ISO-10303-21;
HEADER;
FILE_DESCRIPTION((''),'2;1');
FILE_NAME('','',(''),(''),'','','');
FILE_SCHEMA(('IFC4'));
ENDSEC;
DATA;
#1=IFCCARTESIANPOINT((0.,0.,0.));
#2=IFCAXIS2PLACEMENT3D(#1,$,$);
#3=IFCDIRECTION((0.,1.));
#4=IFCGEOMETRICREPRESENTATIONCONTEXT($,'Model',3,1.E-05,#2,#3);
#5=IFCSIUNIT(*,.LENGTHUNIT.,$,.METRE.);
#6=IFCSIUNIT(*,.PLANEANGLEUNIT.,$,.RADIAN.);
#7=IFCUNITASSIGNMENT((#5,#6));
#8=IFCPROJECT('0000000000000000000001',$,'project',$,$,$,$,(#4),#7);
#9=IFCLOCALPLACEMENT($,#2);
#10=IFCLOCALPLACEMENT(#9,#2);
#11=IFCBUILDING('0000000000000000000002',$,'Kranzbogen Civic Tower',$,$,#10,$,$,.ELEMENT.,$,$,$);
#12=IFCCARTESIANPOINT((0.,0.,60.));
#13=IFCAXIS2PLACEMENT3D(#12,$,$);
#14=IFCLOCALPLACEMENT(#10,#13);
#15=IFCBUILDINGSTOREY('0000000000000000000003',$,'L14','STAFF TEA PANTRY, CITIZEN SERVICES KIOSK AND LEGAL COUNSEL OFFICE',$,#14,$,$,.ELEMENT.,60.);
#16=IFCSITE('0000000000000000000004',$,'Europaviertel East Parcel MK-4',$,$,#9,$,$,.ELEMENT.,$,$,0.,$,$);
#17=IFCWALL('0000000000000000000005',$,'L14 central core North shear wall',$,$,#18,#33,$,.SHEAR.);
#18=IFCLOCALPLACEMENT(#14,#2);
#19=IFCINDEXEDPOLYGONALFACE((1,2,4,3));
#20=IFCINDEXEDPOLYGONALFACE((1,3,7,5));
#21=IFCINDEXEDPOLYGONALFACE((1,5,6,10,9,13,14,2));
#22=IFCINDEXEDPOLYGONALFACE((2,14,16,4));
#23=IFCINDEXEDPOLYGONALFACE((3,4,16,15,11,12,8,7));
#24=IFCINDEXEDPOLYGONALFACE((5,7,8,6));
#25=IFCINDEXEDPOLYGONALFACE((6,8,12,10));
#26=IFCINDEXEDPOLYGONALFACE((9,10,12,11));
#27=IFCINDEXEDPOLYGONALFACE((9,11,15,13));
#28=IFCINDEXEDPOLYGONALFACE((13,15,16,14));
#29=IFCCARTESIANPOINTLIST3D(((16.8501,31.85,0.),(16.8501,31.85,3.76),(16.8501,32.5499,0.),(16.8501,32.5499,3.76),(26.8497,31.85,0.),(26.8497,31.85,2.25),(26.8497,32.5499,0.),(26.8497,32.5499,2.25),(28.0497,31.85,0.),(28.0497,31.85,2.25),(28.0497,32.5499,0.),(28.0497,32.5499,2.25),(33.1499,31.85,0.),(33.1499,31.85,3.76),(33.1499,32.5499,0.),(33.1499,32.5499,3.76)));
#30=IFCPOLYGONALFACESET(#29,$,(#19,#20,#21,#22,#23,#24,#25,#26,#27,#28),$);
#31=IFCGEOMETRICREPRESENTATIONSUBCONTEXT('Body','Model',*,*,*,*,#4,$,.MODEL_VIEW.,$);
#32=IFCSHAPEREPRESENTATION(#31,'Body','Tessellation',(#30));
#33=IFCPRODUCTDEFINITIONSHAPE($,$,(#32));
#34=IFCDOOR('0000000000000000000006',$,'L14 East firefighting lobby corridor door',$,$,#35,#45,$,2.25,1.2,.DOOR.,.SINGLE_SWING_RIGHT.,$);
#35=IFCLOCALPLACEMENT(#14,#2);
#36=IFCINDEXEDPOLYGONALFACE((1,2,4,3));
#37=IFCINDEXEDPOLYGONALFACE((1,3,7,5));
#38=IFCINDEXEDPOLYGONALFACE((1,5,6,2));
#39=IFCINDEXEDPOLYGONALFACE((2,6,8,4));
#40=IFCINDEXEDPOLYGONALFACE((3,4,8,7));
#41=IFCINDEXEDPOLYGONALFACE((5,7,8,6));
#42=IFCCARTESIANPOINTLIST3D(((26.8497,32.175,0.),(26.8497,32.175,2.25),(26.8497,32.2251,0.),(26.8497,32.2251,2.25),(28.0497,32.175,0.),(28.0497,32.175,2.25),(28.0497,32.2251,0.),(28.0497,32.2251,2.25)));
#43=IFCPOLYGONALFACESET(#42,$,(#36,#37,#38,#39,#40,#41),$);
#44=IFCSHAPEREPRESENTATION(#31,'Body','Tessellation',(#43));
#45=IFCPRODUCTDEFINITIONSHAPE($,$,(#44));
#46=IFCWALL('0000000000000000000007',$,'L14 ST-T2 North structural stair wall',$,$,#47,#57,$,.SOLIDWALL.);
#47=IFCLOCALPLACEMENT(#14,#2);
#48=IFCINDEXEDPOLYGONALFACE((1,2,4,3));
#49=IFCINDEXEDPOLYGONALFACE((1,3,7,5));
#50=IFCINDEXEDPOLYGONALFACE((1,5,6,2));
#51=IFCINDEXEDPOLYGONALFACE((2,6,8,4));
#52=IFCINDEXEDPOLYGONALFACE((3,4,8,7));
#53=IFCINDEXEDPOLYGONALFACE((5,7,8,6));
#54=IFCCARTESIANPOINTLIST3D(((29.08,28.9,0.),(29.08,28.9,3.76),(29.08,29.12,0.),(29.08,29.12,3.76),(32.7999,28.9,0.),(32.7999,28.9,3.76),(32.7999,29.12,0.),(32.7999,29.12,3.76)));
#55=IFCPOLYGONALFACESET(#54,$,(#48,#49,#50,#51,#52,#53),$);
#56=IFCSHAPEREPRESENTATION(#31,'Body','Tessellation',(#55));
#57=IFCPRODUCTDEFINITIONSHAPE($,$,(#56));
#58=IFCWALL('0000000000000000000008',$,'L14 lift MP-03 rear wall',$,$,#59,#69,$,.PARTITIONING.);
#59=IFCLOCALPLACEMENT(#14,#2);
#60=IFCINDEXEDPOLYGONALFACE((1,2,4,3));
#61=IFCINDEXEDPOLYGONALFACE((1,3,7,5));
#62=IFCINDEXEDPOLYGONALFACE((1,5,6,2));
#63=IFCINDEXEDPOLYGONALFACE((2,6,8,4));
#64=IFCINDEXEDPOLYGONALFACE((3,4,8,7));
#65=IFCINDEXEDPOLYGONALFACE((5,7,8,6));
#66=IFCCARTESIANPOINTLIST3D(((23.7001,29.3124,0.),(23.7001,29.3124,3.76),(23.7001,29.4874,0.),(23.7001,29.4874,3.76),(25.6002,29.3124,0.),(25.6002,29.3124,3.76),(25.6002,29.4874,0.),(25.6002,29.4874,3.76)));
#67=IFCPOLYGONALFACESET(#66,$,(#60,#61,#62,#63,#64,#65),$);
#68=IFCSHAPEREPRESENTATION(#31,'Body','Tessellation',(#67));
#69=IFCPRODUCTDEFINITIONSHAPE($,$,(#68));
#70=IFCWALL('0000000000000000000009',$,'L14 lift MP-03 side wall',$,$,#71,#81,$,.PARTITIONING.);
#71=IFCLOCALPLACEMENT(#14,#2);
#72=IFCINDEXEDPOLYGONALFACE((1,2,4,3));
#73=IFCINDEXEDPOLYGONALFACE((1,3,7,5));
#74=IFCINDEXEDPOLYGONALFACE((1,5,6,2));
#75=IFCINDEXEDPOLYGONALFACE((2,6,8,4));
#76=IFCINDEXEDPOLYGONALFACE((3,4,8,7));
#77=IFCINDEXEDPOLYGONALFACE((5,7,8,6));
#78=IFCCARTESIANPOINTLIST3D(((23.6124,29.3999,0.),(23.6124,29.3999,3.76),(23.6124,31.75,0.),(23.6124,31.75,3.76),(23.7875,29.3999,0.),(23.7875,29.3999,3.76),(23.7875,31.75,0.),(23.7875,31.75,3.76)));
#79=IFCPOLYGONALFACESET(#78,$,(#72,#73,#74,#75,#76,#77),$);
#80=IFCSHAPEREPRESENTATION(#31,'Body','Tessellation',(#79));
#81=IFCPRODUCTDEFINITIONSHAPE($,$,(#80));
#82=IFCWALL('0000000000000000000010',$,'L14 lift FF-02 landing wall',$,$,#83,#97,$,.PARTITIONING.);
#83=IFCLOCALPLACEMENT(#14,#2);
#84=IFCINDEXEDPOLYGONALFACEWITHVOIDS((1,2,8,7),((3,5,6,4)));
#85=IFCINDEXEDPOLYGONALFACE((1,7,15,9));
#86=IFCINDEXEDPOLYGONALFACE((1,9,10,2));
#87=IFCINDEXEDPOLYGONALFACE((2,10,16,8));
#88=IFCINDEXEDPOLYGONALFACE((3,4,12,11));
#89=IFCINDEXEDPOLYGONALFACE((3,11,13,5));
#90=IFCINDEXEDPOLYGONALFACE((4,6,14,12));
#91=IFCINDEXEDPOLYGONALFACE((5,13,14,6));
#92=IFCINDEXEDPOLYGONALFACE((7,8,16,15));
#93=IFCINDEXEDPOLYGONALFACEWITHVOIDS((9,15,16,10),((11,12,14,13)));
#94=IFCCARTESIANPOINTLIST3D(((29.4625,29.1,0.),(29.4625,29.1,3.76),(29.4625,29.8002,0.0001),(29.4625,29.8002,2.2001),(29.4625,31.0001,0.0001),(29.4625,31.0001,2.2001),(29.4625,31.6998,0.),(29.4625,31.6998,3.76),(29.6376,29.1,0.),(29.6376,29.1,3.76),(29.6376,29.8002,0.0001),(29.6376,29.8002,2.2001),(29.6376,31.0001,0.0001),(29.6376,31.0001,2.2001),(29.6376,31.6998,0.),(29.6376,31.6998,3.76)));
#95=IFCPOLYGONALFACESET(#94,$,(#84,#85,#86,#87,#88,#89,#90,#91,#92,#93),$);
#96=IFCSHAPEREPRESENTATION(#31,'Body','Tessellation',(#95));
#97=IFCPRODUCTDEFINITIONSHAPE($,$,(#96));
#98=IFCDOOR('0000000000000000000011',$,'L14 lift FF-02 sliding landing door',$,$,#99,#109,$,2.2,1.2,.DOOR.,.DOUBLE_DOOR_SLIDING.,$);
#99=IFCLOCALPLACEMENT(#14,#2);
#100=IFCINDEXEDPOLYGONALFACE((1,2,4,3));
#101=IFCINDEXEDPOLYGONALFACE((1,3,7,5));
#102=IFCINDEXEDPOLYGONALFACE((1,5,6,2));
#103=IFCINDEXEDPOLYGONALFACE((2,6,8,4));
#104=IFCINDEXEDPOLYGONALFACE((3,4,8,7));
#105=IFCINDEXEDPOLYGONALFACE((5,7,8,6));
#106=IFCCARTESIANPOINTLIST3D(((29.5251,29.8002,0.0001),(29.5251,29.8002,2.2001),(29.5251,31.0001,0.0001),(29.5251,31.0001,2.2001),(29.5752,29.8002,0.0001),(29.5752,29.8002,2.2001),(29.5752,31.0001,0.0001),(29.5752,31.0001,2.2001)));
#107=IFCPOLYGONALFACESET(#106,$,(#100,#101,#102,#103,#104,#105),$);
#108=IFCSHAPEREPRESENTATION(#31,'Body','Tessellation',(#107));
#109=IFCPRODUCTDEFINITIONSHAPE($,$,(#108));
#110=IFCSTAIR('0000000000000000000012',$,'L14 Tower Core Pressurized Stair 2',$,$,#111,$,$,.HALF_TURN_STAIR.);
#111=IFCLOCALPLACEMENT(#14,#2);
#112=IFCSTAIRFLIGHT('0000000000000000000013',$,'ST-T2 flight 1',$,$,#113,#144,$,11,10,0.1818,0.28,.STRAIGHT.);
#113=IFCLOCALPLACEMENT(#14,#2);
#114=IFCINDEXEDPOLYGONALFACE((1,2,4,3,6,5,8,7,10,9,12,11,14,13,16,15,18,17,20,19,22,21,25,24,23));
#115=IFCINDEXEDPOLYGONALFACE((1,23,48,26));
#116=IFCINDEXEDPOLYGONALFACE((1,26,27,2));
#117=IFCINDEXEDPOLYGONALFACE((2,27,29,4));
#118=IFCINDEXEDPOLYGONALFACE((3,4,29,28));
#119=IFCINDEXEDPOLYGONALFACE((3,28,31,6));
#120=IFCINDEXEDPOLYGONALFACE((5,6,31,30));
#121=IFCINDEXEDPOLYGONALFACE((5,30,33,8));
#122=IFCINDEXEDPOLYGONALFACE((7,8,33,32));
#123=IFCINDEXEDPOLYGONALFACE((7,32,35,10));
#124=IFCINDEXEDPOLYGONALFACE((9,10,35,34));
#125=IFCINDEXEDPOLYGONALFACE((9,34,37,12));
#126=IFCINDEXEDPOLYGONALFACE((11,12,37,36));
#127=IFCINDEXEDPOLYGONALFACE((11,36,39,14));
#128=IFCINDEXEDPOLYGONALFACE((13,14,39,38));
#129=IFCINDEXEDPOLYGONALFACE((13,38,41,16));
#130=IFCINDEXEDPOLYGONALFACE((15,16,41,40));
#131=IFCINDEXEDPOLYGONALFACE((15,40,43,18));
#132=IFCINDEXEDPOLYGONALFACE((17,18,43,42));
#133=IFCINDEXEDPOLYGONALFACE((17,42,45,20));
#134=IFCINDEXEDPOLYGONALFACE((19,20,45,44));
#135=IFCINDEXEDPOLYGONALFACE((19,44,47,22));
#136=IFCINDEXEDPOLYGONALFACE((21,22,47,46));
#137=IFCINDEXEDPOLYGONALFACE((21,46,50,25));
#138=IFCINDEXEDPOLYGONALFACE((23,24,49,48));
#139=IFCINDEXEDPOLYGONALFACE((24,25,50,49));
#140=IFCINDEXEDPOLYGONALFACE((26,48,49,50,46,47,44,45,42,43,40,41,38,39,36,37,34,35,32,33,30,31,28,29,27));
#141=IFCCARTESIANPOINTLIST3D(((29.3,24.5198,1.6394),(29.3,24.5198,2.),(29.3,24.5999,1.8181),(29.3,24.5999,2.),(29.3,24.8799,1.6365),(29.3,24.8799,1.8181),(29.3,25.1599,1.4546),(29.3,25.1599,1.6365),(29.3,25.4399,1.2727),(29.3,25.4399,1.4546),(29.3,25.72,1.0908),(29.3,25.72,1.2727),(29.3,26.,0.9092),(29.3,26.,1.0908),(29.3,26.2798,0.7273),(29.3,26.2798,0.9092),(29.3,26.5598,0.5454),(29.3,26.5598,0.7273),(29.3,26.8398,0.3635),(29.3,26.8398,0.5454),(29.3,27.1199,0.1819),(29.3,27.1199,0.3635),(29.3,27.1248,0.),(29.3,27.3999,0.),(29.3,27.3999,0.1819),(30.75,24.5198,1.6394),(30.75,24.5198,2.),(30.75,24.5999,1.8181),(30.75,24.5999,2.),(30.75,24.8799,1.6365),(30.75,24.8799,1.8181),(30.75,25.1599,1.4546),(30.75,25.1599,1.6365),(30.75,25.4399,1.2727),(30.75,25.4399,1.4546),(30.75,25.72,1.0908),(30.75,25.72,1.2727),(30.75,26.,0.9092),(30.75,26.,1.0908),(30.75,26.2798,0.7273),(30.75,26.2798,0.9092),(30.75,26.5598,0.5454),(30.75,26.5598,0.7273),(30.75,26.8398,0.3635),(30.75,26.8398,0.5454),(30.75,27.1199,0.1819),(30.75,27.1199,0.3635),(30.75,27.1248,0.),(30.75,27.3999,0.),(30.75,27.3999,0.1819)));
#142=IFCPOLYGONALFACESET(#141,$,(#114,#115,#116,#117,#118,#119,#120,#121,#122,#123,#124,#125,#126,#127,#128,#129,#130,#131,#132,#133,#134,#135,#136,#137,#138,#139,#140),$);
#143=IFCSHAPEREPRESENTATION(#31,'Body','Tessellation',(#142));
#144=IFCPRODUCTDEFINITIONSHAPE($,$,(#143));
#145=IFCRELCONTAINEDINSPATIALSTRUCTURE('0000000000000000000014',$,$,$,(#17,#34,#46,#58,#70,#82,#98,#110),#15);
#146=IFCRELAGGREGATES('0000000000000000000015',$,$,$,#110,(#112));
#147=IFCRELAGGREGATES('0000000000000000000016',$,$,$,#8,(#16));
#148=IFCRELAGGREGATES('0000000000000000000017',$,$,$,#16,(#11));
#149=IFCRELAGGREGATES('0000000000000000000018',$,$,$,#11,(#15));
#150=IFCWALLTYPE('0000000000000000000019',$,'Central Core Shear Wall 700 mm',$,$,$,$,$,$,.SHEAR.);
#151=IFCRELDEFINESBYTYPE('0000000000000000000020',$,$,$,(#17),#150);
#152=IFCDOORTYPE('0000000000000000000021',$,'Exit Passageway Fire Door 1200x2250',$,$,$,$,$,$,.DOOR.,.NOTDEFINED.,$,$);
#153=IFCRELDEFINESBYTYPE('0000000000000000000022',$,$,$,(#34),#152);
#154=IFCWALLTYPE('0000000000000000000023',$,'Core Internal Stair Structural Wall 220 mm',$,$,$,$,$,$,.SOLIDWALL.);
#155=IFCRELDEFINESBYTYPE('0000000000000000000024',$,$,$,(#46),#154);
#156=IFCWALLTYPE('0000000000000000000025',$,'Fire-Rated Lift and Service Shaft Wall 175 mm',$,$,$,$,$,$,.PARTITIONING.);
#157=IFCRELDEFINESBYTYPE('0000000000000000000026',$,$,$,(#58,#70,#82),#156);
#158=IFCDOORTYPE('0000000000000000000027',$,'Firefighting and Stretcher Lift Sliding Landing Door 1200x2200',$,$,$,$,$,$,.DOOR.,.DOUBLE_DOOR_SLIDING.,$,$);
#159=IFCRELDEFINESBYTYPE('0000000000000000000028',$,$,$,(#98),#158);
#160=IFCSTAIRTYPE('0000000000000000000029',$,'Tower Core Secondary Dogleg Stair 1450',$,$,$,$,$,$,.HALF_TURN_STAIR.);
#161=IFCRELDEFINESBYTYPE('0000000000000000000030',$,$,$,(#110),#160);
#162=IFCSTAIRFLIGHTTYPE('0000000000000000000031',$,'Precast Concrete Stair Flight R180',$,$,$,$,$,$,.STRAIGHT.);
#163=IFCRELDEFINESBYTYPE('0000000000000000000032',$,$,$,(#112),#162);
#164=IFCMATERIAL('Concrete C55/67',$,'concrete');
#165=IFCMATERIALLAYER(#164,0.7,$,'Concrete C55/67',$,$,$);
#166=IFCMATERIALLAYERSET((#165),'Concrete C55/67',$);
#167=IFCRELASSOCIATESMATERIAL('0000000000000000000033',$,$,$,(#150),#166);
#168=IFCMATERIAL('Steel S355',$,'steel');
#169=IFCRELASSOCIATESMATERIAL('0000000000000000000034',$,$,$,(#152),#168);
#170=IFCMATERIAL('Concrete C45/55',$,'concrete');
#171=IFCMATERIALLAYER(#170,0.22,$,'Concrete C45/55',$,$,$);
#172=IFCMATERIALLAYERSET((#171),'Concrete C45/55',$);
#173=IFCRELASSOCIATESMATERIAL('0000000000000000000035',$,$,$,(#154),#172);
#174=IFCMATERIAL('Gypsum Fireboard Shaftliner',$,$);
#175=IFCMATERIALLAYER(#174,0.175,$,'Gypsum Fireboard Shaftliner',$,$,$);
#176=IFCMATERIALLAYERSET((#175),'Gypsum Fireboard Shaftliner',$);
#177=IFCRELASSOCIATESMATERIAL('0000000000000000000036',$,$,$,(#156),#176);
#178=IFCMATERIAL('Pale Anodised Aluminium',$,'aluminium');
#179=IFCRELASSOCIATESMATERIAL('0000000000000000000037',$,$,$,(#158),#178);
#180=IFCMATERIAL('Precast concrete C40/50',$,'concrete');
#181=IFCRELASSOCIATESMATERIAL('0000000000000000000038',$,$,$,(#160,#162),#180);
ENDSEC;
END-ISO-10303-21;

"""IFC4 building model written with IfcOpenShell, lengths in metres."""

from ifc_helpers import new_model, si_unit, direction, frame, frame_2d, origin, place, context, subcontext, project, spatial, polyline, rectangle, outline, extrude, material, layer, layer_set, type_object, element, fill, aggregate, save


model = new_model("IFC4")

# Units and contexts
model_context = context("Model", 3, precision=1e-05, world=origin(), true_north=direction((0.0, 1.0)))
body_context = subcontext(model_context, "Body", "Model", "MODEL_VIEW")
ifc_project = project(units=[si_unit("LENGTHUNIT", "METRE"), si_unit("PLANEANGLEUNIT", "RADIAN")], contexts=[model_context])

# Site, building, storey
site_placement = place(None, origin())
site = spatial("IfcSite", under=ifc_project, at=site_placement, Name="Europaviertel East Parcel MK-4", CompositionType="ELEMENT", RefElevation=0.0)
building_placement = place(site_placement, origin())
building = spatial("IfcBuilding", under=site, at=building_placement, Name="Kranzbogen Civic Tower", CompositionType="ELEMENT")
storey_placement = place(building_placement, frame((0.0, 0.0, 60.0)))
storey = spatial("IfcBuildingStorey", under=building, at=storey_placement, Name="L14", Description="STAFF TEA PANTRY, CITIZEN SERVICES KIOSK AND LEGAL COUNSEL OFFICE", CompositionType="ELEMENT", Elevation=60.0)

# Shared definitions
ifc_material_1 = material(Name="Steel S355", Category="steel")

# Wall, opening, door
ifc_material_2 = material(Name="Concrete C55/67", Category="concrete")
ifc_layer_1 = layer(ifc_material_2, 0.7, Name="Concrete C55/67")
ifc_layer_set_1 = layer_set([ifc_layer_1], Name="Concrete C55/67")
wall_type_1 = type_object("IfcWallType", Name="Central Core Shear Wall 700 mm", PredefinedType="SHEAR", material=ifc_layer_set_1)
wall_1_placement = place(storey_placement, frame((33.1499, 32.2, 0.0), z_axis=(0.0, 0.0, 1.0), x_axis=(-1.0, 0.0, 0.0)))
wall_1 = element("IfcWall", 1, at=wall_1_placement, inside=storey, type_object=wall_type_1, Name="L14 central core North shear wall", PredefinedType="SHEAR", context=body_context, shape_type="SweptSolid", body=[
    extrude(rectangle(XDim=16.2998, YDim=0.7, at=frame_2d((8.1499, 0.0))), origin(), (0.0, 0.0, 1.0), 3.76),
])
opening_1_placement = place(wall_1_placement, frame((5.1001, 0.0, 0.0)))
opening_1 = element("IfcOpeningElement", 2, at=opening_1_placement, cuts=wall_1, PredefinedType="OPENING", context=body_context, shape_type="SweptSolid", body=[
    extrude(rectangle(XDim=1.2, YDim=2.25, at=frame_2d((0.6001, 1.125))), frame((0.0, 0.3599, 0.0), z_axis=(0.0, -1.0, 0.0), x_axis=(1.0, 0.0, 0.0)), (0.0, 0.0, 1.0), 0.72),
])
door_type_1 = type_object("IfcDoorType", Name="Exit Passageway Fire Door 1200x2250", OperationType="NOTDEFINED", PredefinedType="DOOR", material=ifc_material_1)
door_1_placement = place(opening_1_placement, origin())
door_1 = element("IfcDoor", 3, at=door_1_placement, inside=storey, type_object=door_type_1, Name="L14 East firefighting lobby corridor door", OperationType="SINGLE_SWING_RIGHT", OverallHeight=2.25, OverallWidth=1.2, PredefinedType="DOOR", context=body_context, shape_type="SweptSolid", body=[
    extrude(rectangle(XDim=1.2, YDim=2.25, at=frame_2d((0.6001, 1.125))), frame((0.0, 0.0249, 0.0), z_axis=(0.0, -1.0, 0.0), x_axis=(1.0, 0.0, 0.0)), (0.0, 0.0, 1.0), 0.05),
])
fill(opening_1, door_1)

# Walls
ifc_material_3 = material(Name="Concrete C45/55", Category="concrete")
ifc_layer_2 = layer(ifc_material_3, 0.22, Name="Concrete C45/55")
ifc_layer_set_2 = layer_set([ifc_layer_2], Name="Concrete C45/55")
wall_type_2 = type_object("IfcWallType", Name="Core Internal Stair Structural Wall 220 mm", PredefinedType="SOLIDWALL", material=ifc_layer_set_2)
wall_2_placement = place(storey_placement, frame((29.0801, 29.01, 0.0), z_axis=(0.0, 0.0, 1.0), x_axis=(1.0, 0.0, 0.0)))
element("IfcWall", 4, at=wall_2_placement, inside=storey, type_object=wall_type_2, Name="L14 ST-T2 North structural stair wall", PredefinedType="SOLIDWALL", context=body_context, shape_type="SweptSolid", body=[
    extrude(rectangle(XDim=3.72, YDim=0.22, at=frame_2d((1.8599, 0.0))), origin(), (0.0, 0.0, 1.0), 3.76),
])
ifc_material_4 = material(Name="Gypsum Fireboard Shaftliner")
ifc_layer_3 = layer(ifc_material_4, 0.175, Name="Gypsum Fireboard Shaftliner")
ifc_layer_set_3 = layer_set([ifc_layer_3], Name="Gypsum Fireboard Shaftliner")
wall_type_3 = type_object("IfcWallType", Name="Fire-Rated Lift and Service Shaft Wall 175 mm", PredefinedType="PARTITIONING", material=ifc_layer_set_3)
wall_3_placement = place(storey_placement, frame((23.7, 29.3999, 0.0), z_axis=(0.0, 0.0, 1.0), x_axis=(1.0, 0.0, 0.0)))
element("IfcWall", 5, at=wall_3_placement, inside=storey, type_object=wall_type_3, Name="L14 lift MP-03 rear wall", PredefinedType="PARTITIONING", context=body_context, shape_type="SweptSolid", body=[
    extrude(rectangle(XDim=1.9001, YDim=0.175, at=frame_2d((0.9502, 0.0))), origin(), (0.0, 0.0, 1.0), 3.76),
])
wall_4_placement = place(storey_placement, frame((23.7, 29.3999, 0.0), z_axis=(0.0, 0.0, 1.0), x_axis=(0.0, 1.0, 0.0)))
element("IfcWall", 6, at=wall_4_placement, inside=storey, type_object=wall_type_3, Name="L14 lift MP-03 side wall", PredefinedType="PARTITIONING", context=body_context, shape_type="SweptSolid", body=[
    extrude(rectangle(XDim=2.3501, YDim=0.175, at=frame_2d((1.175, 0.0))), origin(), (0.0, 0.0, 1.0), 3.76),
])

# Wall, opening, door
wall_5_placement = place(storey_placement, frame((29.55, 29.1001, 0.0), z_axis=(0.0, 0.0, 1.0), x_axis=(0.0, 1.0, 0.0)))
wall_5 = element("IfcWall", 7, at=wall_5_placement, inside=storey, type_object=wall_type_3, Name="L14 lift FF-02 landing wall", PredefinedType="PARTITIONING", context=body_context, shape_type="SweptSolid", body=[
    extrude(rectangle(XDim=2.5999, YDim=0.175, at=frame_2d((1.2998, 0.0))), origin(), (0.0, 0.0, 1.0), 3.76),
])
opening_2_placement = place(wall_5_placement, frame((0.7, 0.0, 0.0)))
opening_2 = element("IfcOpeningElement", 8, at=opening_2_placement, cuts=wall_5, PredefinedType="OPENING", context=body_context, shape_type="SweptSolid", body=[
    extrude(rectangle(XDim=1.2, YDim=2.2, at=frame_2d((0.6001, 1.1001))), frame((0.0, 0.0977, 0.0), z_axis=(0.0, -1.0, 0.0), x_axis=(1.0, 0.0, 0.0)), (0.0, 0.0, 1.0), 0.1951),
])
ifc_material_5 = material(Name="Pale Anodised Aluminium", Category="aluminium")
door_type_2 = type_object("IfcDoorType", Name="Firefighting and Stretcher Lift Sliding Landing Door 1200x2200", OperationType="DOUBLE_DOOR_SLIDING", PredefinedType="DOOR", material=ifc_material_5)
door_2_placement = place(opening_2_placement, origin())
door_2 = element("IfcDoor", 9, at=door_2_placement, inside=storey, type_object=door_type_2, Name="L14 lift FF-02 sliding landing door", OperationType="DOUBLE_DOOR_SLIDING", OverallHeight=2.2, OverallWidth=1.2, PredefinedType="DOOR", context=body_context, shape_type="SweptSolid", body=[
    extrude(rectangle(XDim=1.2, YDim=2.2, at=frame_2d((0.6001, 1.1001))), frame((0.0, 0.0249, 0.0), z_axis=(0.0, -1.0, 0.0), x_axis=(1.0, 0.0, 0.0)), (0.0, 0.0, 1.0), 0.05),
])
fill(opening_2, door_2)

# Stair, stair flight
ifc_material_6 = material(Name="Precast concrete C40/50", Category="concrete")
stair_type = type_object("IfcStairType", Name="Tower Core Secondary Dogleg Stair 1450", PredefinedType="HALF_TURN_STAIR", material=ifc_material_6)
stair_placement = place(storey_placement, origin())
stair = element("IfcStair", 10, at=stair_placement, inside=storey, type_object=stair_type, Name="L14 Tower Core Pressurized Stair 2", PredefinedType="HALF_TURN_STAIR")
stair_flight_type = type_object("IfcStairFlightType", Name="Precast Concrete Stair Flight R180", PredefinedType="STRAIGHT", material=ifc_material_6)
stair_flight_placement = place(storey_placement, frame((30.0249, 27.3999, 0.0), z_axis=(0.0, 0.0, 1.0), x_axis=(0.0, -1.0, 0.0)))
stair_flight = element("IfcStairFlight", 11, at=stair_flight_placement, type_object=stair_flight_type, Name="ST-T2 flight 1", NumberOfRisers=11, NumberOfTreads=10, PredefinedType="STRAIGHT", RiserHeight=0.1818, TreadLength=0.28, context=body_context, shape_type="SweptSolid", body=[
    extrude(outline(polyline([(0.0, 0.0), (0.0, 0.1819), (0.28, 0.1819), (0.28, 0.3635), (0.5601, 0.3635), (0.5601, 0.5454), (0.8401, 0.5454), (0.8401, 0.7273), (1.1201, 0.7273), (1.1201, 0.9092), (1.3999, 0.9092), (1.3999, 1.0908), (1.6799, 1.0908), (1.6799, 1.2727), (1.96, 1.2727), (1.96, 1.4546), (2.24, 1.4546), (2.24, 1.6365), (2.52, 1.6365), (2.52, 1.8181), (2.8, 1.8181), (2.8, 2.0), (2.8801, 2.0), (2.8801, 1.6394), (0.2751, 0.0), (0.0, 0.0)])), frame((0.0, 0.7251, 0.0), z_axis=(0.0, -1.0, 0.0), x_axis=(1.0, 0.0, 0.0)), (0.0, 0.0, 1.0), 1.45),
])
aggregate(stair, [stair_flight])

save(model, "model.ifc")
